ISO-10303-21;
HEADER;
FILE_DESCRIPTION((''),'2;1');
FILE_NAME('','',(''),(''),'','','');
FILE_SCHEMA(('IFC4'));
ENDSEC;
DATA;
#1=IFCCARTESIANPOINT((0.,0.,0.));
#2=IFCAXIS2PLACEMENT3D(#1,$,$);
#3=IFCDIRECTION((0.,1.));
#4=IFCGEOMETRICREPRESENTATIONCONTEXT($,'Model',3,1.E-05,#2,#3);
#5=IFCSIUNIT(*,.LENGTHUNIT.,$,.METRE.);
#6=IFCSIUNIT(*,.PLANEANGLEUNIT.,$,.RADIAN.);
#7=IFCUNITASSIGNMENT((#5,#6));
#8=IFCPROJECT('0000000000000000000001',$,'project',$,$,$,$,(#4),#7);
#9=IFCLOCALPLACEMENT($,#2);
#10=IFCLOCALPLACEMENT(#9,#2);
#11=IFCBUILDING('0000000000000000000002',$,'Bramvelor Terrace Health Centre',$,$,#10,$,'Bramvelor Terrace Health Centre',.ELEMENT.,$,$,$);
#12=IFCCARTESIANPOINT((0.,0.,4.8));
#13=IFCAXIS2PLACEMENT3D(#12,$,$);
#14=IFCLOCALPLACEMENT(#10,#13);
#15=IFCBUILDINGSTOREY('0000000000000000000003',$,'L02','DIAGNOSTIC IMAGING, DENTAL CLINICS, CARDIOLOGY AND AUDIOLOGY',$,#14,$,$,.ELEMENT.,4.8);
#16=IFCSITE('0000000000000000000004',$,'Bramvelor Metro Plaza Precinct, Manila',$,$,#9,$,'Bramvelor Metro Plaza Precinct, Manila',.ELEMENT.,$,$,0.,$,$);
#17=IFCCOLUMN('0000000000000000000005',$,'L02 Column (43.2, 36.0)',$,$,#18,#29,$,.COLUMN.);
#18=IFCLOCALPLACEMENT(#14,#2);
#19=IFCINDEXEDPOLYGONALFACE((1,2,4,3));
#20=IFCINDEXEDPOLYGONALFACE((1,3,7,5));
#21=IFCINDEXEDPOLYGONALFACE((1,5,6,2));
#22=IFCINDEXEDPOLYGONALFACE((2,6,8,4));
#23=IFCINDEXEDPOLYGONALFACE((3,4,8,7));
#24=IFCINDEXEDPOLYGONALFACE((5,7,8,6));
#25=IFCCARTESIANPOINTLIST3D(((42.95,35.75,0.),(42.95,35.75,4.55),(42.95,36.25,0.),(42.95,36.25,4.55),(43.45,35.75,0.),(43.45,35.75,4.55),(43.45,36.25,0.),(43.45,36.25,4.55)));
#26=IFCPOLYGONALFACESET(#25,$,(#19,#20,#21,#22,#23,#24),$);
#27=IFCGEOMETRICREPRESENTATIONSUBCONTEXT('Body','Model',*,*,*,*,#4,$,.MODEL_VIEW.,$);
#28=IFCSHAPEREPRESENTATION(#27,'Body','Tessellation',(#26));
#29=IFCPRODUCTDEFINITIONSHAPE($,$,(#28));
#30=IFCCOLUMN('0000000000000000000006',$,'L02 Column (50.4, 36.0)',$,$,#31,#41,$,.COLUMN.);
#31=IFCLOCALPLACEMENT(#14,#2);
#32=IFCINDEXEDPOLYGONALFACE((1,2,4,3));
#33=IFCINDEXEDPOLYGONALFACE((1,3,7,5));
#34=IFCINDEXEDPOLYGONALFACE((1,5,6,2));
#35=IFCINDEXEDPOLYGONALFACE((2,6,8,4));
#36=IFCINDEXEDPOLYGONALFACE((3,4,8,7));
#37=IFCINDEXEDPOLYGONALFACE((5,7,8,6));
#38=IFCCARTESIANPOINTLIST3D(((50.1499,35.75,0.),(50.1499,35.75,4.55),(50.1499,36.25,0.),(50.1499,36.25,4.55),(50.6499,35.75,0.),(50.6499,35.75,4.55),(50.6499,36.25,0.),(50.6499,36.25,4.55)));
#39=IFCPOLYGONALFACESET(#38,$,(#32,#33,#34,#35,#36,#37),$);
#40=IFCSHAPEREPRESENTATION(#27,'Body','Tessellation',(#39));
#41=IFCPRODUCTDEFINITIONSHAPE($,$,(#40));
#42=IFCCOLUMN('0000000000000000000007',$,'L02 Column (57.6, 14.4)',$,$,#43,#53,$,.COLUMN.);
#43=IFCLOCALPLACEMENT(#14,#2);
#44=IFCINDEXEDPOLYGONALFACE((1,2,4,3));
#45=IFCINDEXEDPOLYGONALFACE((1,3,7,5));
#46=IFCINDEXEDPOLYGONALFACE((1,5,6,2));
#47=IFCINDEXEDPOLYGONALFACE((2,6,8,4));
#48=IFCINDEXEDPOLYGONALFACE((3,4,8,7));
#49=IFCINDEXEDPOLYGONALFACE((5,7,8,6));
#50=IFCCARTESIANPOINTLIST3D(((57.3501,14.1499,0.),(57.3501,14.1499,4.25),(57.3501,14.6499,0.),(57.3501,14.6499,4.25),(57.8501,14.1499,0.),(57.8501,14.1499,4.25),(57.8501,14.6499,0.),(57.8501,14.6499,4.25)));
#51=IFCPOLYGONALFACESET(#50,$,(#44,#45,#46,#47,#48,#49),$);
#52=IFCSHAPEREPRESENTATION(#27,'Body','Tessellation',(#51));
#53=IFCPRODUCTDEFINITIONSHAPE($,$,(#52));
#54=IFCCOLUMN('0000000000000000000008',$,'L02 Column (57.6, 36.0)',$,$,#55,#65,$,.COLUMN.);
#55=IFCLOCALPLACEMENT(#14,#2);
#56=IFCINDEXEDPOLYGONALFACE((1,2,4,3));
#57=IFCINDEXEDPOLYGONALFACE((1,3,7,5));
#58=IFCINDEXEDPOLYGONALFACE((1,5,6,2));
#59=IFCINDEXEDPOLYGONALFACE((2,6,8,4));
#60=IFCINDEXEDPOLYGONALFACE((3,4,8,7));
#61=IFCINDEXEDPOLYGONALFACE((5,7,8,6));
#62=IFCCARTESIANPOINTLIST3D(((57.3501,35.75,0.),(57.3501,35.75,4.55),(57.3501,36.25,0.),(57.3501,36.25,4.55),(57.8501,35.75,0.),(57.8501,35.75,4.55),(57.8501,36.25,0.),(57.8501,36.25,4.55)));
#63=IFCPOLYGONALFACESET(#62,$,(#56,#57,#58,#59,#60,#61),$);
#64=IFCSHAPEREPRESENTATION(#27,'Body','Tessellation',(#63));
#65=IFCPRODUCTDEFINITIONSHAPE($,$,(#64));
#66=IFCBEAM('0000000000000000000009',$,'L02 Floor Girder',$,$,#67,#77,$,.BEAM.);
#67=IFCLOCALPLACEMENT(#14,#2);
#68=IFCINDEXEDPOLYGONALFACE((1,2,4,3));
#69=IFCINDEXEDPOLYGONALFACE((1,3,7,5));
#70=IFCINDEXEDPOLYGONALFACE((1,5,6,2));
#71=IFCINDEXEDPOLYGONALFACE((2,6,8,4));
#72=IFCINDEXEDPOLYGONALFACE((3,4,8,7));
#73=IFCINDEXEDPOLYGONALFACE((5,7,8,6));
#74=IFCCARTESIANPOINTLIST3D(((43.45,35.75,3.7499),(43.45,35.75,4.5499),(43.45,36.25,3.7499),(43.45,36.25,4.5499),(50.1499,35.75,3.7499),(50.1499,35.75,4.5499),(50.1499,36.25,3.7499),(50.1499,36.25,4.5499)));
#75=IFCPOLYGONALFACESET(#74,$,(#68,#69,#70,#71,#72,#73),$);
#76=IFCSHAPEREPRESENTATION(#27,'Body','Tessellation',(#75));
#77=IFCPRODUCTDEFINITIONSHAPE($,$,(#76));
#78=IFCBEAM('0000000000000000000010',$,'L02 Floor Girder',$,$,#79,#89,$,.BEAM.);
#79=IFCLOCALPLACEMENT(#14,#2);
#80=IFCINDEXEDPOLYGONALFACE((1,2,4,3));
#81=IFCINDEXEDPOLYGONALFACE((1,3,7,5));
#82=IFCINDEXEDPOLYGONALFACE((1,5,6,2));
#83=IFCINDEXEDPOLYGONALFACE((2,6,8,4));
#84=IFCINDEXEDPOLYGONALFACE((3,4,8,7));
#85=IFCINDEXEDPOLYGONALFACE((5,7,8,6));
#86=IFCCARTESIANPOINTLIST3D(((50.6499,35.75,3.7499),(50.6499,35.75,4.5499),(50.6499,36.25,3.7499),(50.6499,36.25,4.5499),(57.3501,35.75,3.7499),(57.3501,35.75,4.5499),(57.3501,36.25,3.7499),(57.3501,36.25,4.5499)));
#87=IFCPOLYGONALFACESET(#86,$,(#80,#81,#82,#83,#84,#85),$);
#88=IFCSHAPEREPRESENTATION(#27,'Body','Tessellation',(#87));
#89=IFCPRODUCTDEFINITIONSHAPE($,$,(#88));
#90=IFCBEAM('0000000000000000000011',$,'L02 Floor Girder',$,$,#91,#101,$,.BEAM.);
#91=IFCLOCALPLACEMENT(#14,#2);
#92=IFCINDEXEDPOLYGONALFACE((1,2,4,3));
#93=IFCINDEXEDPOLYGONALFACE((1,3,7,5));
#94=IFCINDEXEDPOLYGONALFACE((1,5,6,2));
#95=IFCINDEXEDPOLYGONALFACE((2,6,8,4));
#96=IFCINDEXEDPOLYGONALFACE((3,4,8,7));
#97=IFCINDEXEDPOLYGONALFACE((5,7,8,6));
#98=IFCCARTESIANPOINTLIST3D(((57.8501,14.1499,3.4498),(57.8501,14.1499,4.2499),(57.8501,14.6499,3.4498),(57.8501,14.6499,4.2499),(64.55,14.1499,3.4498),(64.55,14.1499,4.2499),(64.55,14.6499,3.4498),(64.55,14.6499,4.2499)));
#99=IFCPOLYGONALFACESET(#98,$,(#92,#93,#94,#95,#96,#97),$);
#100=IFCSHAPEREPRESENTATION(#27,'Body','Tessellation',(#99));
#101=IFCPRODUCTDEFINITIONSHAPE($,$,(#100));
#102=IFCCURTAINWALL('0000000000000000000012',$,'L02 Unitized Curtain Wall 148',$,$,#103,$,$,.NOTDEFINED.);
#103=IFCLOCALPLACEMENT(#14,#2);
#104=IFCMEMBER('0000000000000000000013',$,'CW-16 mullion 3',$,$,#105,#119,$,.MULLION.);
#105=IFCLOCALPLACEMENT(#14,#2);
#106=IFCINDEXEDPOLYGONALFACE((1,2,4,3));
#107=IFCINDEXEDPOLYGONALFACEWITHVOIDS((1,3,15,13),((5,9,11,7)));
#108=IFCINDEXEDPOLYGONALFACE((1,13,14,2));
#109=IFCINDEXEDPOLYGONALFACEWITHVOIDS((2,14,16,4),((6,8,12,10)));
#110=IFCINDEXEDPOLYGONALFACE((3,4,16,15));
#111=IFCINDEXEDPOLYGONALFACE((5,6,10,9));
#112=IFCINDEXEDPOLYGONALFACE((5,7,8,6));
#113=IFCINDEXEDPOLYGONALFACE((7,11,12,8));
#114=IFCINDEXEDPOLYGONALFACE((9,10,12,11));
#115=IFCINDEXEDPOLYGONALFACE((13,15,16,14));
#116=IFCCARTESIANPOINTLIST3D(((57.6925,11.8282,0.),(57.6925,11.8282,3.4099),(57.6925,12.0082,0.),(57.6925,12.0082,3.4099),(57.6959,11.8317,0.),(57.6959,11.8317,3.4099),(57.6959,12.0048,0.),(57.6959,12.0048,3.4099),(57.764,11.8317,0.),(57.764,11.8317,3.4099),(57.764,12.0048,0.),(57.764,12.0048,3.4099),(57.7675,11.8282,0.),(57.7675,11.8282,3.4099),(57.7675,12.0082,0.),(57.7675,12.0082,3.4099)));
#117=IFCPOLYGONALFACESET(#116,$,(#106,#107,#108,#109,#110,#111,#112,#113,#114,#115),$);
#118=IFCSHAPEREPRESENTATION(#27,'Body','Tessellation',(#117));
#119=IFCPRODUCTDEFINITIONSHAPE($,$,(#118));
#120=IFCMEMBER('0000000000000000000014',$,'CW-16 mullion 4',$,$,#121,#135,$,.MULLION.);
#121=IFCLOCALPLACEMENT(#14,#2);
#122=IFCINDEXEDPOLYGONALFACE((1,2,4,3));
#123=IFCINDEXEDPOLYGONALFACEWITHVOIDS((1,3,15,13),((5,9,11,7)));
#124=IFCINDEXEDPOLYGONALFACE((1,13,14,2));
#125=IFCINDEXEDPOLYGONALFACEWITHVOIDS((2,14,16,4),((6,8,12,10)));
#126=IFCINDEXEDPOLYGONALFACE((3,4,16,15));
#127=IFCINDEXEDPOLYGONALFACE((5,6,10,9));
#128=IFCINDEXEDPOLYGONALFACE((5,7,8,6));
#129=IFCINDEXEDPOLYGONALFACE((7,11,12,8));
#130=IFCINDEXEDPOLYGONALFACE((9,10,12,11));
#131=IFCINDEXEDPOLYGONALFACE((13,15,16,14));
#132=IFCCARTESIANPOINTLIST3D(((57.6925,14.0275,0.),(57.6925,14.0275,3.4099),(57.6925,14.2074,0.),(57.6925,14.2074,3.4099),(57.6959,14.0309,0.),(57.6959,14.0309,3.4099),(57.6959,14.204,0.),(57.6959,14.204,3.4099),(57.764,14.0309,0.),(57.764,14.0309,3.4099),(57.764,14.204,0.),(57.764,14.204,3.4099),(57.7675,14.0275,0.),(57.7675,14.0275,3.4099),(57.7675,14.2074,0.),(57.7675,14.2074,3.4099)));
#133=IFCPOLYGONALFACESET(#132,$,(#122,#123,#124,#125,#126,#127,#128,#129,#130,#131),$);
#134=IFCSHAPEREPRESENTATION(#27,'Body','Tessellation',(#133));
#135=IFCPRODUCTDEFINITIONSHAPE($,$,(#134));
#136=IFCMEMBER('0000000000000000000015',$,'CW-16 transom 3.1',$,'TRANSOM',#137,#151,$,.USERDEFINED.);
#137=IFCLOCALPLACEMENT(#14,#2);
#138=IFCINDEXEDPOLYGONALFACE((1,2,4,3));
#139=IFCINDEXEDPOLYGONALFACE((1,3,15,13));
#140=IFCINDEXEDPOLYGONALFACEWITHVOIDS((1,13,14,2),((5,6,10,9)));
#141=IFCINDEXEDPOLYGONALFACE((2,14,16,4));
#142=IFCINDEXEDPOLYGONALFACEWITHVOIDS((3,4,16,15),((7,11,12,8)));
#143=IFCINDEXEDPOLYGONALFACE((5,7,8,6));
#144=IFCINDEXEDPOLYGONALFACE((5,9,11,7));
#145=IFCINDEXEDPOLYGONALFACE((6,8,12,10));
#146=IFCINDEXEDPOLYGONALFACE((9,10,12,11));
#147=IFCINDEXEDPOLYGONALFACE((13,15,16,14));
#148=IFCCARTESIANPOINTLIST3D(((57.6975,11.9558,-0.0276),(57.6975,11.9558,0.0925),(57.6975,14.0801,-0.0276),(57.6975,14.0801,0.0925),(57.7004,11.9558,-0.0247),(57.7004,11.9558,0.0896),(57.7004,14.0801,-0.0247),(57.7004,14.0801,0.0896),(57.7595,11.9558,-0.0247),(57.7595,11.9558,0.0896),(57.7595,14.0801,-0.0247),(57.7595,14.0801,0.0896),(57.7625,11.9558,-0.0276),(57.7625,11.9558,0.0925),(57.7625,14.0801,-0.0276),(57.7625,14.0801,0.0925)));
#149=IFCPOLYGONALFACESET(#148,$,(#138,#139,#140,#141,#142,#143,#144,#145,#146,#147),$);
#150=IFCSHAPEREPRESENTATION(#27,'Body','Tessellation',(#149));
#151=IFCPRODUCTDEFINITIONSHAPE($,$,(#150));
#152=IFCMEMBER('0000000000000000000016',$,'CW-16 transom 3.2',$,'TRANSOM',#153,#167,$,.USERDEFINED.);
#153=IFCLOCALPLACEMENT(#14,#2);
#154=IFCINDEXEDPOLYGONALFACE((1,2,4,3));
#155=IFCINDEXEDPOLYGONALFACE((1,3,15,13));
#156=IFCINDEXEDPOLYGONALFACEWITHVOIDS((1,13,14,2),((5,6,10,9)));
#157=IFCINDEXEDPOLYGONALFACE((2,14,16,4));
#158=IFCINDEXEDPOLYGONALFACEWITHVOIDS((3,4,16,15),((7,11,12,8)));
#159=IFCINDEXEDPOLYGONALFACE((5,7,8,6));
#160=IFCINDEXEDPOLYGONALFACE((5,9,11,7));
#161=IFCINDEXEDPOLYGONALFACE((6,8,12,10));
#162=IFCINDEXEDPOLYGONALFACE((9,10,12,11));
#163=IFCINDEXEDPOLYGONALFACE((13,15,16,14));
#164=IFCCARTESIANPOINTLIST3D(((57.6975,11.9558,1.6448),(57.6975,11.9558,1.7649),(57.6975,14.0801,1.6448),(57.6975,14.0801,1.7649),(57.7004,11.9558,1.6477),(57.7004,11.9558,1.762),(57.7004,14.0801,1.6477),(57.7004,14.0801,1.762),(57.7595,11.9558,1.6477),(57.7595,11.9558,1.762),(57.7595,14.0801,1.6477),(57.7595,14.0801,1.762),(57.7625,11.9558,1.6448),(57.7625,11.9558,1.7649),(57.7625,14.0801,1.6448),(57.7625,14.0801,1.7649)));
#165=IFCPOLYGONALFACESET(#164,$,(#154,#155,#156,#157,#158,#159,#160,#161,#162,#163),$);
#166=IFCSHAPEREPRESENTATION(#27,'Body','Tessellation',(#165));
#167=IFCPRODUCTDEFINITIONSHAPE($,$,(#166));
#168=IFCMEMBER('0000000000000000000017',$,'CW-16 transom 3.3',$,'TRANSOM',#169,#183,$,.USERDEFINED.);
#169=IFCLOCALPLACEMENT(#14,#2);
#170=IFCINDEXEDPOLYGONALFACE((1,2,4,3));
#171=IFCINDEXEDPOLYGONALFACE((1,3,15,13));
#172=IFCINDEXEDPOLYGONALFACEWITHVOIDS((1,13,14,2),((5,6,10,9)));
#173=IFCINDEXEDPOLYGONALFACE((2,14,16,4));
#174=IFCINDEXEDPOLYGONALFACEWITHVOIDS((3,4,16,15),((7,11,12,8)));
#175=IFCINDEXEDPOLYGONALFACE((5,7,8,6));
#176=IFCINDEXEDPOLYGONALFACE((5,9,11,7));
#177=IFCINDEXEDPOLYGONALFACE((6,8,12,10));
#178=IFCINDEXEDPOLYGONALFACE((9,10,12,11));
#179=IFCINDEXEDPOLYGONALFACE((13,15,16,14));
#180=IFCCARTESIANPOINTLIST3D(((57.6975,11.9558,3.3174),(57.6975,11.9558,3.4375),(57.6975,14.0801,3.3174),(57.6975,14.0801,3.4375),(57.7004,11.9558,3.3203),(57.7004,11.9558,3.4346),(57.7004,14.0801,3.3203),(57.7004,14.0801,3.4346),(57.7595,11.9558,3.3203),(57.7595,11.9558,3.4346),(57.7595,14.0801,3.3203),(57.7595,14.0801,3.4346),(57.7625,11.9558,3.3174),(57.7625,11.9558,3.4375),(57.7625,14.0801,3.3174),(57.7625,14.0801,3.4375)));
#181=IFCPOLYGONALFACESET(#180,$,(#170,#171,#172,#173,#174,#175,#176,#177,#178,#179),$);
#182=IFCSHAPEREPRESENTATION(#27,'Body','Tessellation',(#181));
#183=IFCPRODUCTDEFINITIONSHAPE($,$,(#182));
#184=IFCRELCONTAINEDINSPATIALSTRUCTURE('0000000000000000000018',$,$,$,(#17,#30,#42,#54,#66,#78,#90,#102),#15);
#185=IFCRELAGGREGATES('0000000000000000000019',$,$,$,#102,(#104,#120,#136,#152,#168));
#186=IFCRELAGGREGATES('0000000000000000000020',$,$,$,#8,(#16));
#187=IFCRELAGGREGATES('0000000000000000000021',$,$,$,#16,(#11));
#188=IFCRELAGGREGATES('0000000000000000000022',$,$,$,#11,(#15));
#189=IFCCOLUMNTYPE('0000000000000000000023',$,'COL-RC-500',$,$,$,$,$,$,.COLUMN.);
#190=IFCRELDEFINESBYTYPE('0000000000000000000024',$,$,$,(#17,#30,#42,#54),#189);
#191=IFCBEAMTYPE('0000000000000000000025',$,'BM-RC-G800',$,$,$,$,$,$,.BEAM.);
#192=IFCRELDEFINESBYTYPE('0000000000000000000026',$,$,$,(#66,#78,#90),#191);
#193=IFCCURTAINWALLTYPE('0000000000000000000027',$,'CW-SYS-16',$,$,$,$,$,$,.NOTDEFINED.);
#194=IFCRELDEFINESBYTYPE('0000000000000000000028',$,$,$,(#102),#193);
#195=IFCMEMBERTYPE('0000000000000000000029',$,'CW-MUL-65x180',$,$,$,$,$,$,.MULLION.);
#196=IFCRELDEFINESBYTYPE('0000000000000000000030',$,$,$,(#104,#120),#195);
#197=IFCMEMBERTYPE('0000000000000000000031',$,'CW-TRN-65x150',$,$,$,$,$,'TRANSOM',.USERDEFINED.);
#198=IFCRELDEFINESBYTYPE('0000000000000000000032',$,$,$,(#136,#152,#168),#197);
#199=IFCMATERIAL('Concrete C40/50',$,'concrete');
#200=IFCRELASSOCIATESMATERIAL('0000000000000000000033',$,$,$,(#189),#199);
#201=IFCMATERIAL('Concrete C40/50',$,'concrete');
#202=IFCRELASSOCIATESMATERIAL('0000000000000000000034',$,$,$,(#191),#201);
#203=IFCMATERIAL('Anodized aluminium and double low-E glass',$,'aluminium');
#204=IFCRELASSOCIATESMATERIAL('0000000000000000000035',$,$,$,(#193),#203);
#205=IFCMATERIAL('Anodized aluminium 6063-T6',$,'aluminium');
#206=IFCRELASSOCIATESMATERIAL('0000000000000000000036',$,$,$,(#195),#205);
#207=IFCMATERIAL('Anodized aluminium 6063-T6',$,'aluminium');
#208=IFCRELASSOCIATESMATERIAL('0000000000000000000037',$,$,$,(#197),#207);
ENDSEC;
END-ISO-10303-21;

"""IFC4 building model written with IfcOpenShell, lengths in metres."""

from ifc_helpers import new_model, si_unit, direction, frame, origin, origin_2d, place, context, subcontext, project, spatial, rectangle, hollow_rectangle, extrude, material, material_profile, profile_set, type_object, element, aggregate, save


model = new_model("IFC4")

# Units and contexts
model_context = context("Model", 3, precision=1e-05, world=origin(), true_north=direction((0.0, 1.0)))
body_context = subcontext(model_context, "Body", "Model", "MODEL_VIEW")
ifc_project = project(units=[si_unit("LENGTHUNIT", "METRE"), si_unit("PLANEANGLEUNIT", "RADIAN")], contexts=[model_context])

# Site, building, storey
site_placement = place(None, origin())
site = spatial("IfcSite", under=ifc_project, at=site_placement, Name="Bramvelor Metro Plaza Precinct, Manila", LongName="Bramvelor Metro Plaza Precinct, Manila", CompositionType="ELEMENT", RefElevation=0.0)
building_placement = place(site_placement, origin())
building = spatial("IfcBuilding", under=site, at=building_placement, Name="Bramvelor Terrace Health Centre", LongName="Bramvelor Terrace Health Centre", CompositionType="ELEMENT")
storey_placement = place(building_placement, frame((0.0, 0.0, 4.8)))
storey = spatial("IfcBuildingStorey", under=building, at=storey_placement, Name="L02", Description="DIAGNOSTIC IMAGING, DENTAL CLINICS, CARDIOLOGY AND AUDIOLOGY", CompositionType="ELEMENT", Elevation=4.8)

# Columns
ifc_material_1 = material(Name="Concrete C40/50", Category="concrete")
ifc_material_profile_1 = material_profile(ifc_material_1, rectangle(XDim=0.5, YDim=0.5, at=origin_2d()), Name="RC 500x500")
ifc_profile_set_1 = profile_set([ifc_material_profile_1], Name="Concrete C40/50")
column_type = type_object("IfcColumnType", Name="COL-RC-500", PredefinedType="COLUMN", material=ifc_profile_set_1)
for number, where, z_axis, x_axis, name in (
    (1, (43.2, 36.0, 0.0), (0.0, 0.0, 1.0), (1.0, 0.0, 0.0), "L02 Column (43.2, 36.0)"),
    (2, (50.3999, 36.0, 0.0), (0.0, 0.0, 1.0), (1.0, 0.0, 0.0), "L02 Column (50.4, 36.0)"),
):
    element("IfcColumn", number, at=place(storey_placement, frame(where, z_axis=z_axis, x_axis=x_axis)), inside=storey, type_object=column_type, Name=name, PredefinedType="COLUMN", context=body_context, shape_type="SweptSolid", body=[
        extrude(rectangle(XDim=0.5, YDim=0.5, at=origin_2d()), origin(), (0.0, 0.0, 1.0), 4.55),
    ])
column_1_placement = place(storey_placement, frame((57.6001, 14.3999, 0.0), z_axis=(0.0, 0.0, 1.0), x_axis=(1.0, 0.0, 0.0)))
element("IfcColumn", 3, at=column_1_placement, inside=storey, type_object=column_type, Name="L02 Column (57.6, 14.4)", PredefinedType="COLUMN", context=body_context, shape_type="SweptSolid", body=[
    extrude(rectangle(XDim=0.5, YDim=0.5, at=origin_2d()), origin(), (0.0, 0.0, 1.0), 4.25),
])
column_2_placement = place(storey_placement, frame((57.6001, 36.0, 0.0), z_axis=(0.0, 0.0, 1.0), x_axis=(1.0, 0.0, 0.0)))
element("IfcColumn", 4, at=column_2_placement, inside=storey, type_object=column_type, Name="L02 Column (57.6, 36.0)", PredefinedType="COLUMN", context=body_context, shape_type="SweptSolid", body=[
    extrude(rectangle(XDim=0.5, YDim=0.5, at=origin_2d()), origin(), (0.0, 0.0, 1.0), 4.55),
])

# Beams
ifc_material_2 = material(Name="Concrete C40/50", Category="concrete")
ifc_material_profile_2 = material_profile(ifc_material_2, rectangle(XDim=0.5, YDim=0.8, at=origin_2d()), Name="RC 500x800")
ifc_profile_set_2 = profile_set([ifc_material_profile_2], Name="Concrete C40/50")
beam_type = type_object("IfcBeamType", Name="BM-RC-G800", PredefinedType="BEAM", material=ifc_profile_set_2)
beam_1_placement = place(storey_placement, frame((43.45, 36.0, 4.1499), z_axis=(1.0, 0.0, 0.0), x_axis=(0.0, 1.0, 0.0)))
element("IfcBeam", 5, at=beam_1_placement, inside=storey, type_object=beam_type, Name="L02 Floor Girder", PredefinedType="BEAM", context=body_context, shape_type="SweptSolid", body=[
    extrude(rectangle(XDim=0.5, YDim=0.8, at=origin_2d()), origin(), (0.0, 0.0, 1.0), 6.7),
])
beam_2_placement = place(storey_placement, frame((50.6499, 36.0, 4.1499), z_axis=(1.0, 0.0, 0.0), x_axis=(0.0, 1.0, 0.0)))
element("IfcBeam", 6, at=beam_2_placement, inside=storey, type_object=beam_type, Name="L02 Floor Girder", PredefinedType="BEAM", context=body_context, shape_type="SweptSolid", body=[
    extrude(rectangle(XDim=0.5, YDim=0.8, at=origin_2d()), origin(), (0.0, 0.0, 1.0), 6.7002),
])
beam_3_placement = place(storey_placement, frame((57.8501, 14.3999, 3.8499), z_axis=(1.0, 0.0, 0.0), x_axis=(0.0, 1.0, 0.0)))
element("IfcBeam", 7, at=beam_3_placement, inside=storey, type_object=beam_type, Name="L02 Floor Girder", PredefinedType="BEAM", context=body_context, shape_type="SweptSolid", body=[
    extrude(rectangle(XDim=0.5, YDim=0.8, at=origin_2d()), origin(), (0.0, 0.0, 1.0), 6.7),
])

# Curtain wall, members
ifc_material_3 = material(Name="Anodized aluminium and double low-E glass", Category="aluminium")
curtain_wall_type = type_object("IfcCurtainWallType", Name="CW-SYS-16", PredefinedType="NOTDEFINED", material=ifc_material_3)
curtain_wall_placement = place(storey_placement, origin())
curtain_wall = element("IfcCurtainWall", 8, at=curtain_wall_placement, inside=storey, type_object=curtain_wall_type, Name="L02 Unitized Curtain Wall 148", PredefinedType="NOTDEFINED")
ifc_material_4 = material(Name="Anodized aluminium 6063-T6", Category="aluminium")
ifc_material_profile_3 = material_profile(ifc_material_4, hollow_rectangle(XDim=0.075, YDim=0.1799, WallThickness=0.0034, at=origin_2d()), Name="ALU-MUL 75x180x3.5")
ifc_profile_set_3 = profile_set([ifc_material_profile_3], Name="Anodized aluminium 6063-T6")
member_type_1 = type_object("IfcMemberType", Name="CW-MUL-65x180", PredefinedType="MULLION", material=ifc_profile_set_3)
member_1_placement = place(storey_placement, frame((57.73, 11.9182, 0.0), z_axis=(0.0, 0.0, 1.0), x_axis=(-1.0, 0.0, 0.0)))
member_1 = element("IfcMember", 9, at=member_1_placement, type_object=member_type_1, Name="CW-16 mullion 3", PredefinedType="MULLION", context=body_context, shape_type="SweptSolid", body=[
    extrude(hollow_rectangle(XDim=0.075, YDim=0.1799, WallThickness=0.0034, at=origin_2d()), origin(), (0.0, 0.0, 1.0), 3.4099),
])
member_2_placement = place(storey_placement, frame((57.73, 14.1174, 0.0), z_axis=(0.0, 0.0, 1.0), x_axis=(-1.0, 0.0, 0.0)))
member_2 = element("IfcMember", 10, at=member_2_placement, type_object=member_type_1, Name="CW-16 mullion 4", PredefinedType="MULLION", context=body_context, shape_type="SweptSolid", body=[
    extrude(hollow_rectangle(XDim=0.075, YDim=0.1799, WallThickness=0.0034, at=origin_2d()), origin(), (0.0, 0.0, 1.0), 3.4099),
])
ifc_material_5 = material(Name="Anodized aluminium 6063-T6", Category="aluminium")
ifc_material_profile_4 = material_profile(ifc_material_5, hollow_rectangle(XDim=0.0649, YDim=0.1201, WallThickness=0.0029, at=origin_2d()), Name="ALU-TRN 65x120x3.0")
ifc_profile_set_4 = profile_set([ifc_material_profile_4], Name="Anodized aluminium 6063-T6")
member_type_2 = type_object("IfcMemberType", Name="CW-TRN-65x150", ElementType="TRANSOM", PredefinedType="USERDEFINED", material=ifc_profile_set_4)
member_3_placement = place(storey_placement, frame((57.73, 11.9558, 0.0325), z_axis=(0.0, 1.0, 0.0), x_axis=(-1.0, 0.0, 0.0)))
member_3 = element("IfcMember", 11, at=member_3_placement, type_object=member_type_2, Name="CW-16 transom 3.1", ObjectType="TRANSOM", PredefinedType="USERDEFINED", context=body_context, shape_type="SweptSolid", body=[
    extrude(hollow_rectangle(XDim=0.0649, YDim=0.1201, WallThickness=0.0029, at=origin_2d()), origin(), (0.0, 0.0, 1.0), 2.1243),
])
member_4_placement = place(storey_placement, frame((57.73, 11.9558, 1.7048), z_axis=(0.0, 1.0, 0.0), x_axis=(-1.0, 0.0, 0.0)))
member_4 = element("IfcMember", 12, at=member_4_placement, type_object=member_type_2, Name="CW-16 transom 3.2", ObjectType="TRANSOM", PredefinedType="USERDEFINED", context=body_context, shape_type="SweptSolid", body=[
    extrude(hollow_rectangle(XDim=0.0649, YDim=0.1201, WallThickness=0.0029, at=origin_2d()), origin(), (0.0, 0.0, 1.0), 2.1243),
])
member_5_placement = place(storey_placement, frame((57.73, 11.9558, 3.3774), z_axis=(0.0, 1.0, 0.0), x_axis=(-1.0, 0.0, 0.0)))
member_5 = element("IfcMember", 13, at=member_5_placement, type_object=member_type_2, Name="CW-16 transom 3.3", ObjectType="TRANSOM", PredefinedType="USERDEFINED", context=body_context, shape_type="SweptSolid", body=[
    extrude(hollow_rectangle(XDim=0.0649, YDim=0.1201, WallThickness=0.0029, at=origin_2d()), origin(), (0.0, 0.0, 1.0), 2.1243),
])

aggregate(curtain_wall, [member_1, member_2, member_3, member_4, member_5])

save(model, "model.ifc")
